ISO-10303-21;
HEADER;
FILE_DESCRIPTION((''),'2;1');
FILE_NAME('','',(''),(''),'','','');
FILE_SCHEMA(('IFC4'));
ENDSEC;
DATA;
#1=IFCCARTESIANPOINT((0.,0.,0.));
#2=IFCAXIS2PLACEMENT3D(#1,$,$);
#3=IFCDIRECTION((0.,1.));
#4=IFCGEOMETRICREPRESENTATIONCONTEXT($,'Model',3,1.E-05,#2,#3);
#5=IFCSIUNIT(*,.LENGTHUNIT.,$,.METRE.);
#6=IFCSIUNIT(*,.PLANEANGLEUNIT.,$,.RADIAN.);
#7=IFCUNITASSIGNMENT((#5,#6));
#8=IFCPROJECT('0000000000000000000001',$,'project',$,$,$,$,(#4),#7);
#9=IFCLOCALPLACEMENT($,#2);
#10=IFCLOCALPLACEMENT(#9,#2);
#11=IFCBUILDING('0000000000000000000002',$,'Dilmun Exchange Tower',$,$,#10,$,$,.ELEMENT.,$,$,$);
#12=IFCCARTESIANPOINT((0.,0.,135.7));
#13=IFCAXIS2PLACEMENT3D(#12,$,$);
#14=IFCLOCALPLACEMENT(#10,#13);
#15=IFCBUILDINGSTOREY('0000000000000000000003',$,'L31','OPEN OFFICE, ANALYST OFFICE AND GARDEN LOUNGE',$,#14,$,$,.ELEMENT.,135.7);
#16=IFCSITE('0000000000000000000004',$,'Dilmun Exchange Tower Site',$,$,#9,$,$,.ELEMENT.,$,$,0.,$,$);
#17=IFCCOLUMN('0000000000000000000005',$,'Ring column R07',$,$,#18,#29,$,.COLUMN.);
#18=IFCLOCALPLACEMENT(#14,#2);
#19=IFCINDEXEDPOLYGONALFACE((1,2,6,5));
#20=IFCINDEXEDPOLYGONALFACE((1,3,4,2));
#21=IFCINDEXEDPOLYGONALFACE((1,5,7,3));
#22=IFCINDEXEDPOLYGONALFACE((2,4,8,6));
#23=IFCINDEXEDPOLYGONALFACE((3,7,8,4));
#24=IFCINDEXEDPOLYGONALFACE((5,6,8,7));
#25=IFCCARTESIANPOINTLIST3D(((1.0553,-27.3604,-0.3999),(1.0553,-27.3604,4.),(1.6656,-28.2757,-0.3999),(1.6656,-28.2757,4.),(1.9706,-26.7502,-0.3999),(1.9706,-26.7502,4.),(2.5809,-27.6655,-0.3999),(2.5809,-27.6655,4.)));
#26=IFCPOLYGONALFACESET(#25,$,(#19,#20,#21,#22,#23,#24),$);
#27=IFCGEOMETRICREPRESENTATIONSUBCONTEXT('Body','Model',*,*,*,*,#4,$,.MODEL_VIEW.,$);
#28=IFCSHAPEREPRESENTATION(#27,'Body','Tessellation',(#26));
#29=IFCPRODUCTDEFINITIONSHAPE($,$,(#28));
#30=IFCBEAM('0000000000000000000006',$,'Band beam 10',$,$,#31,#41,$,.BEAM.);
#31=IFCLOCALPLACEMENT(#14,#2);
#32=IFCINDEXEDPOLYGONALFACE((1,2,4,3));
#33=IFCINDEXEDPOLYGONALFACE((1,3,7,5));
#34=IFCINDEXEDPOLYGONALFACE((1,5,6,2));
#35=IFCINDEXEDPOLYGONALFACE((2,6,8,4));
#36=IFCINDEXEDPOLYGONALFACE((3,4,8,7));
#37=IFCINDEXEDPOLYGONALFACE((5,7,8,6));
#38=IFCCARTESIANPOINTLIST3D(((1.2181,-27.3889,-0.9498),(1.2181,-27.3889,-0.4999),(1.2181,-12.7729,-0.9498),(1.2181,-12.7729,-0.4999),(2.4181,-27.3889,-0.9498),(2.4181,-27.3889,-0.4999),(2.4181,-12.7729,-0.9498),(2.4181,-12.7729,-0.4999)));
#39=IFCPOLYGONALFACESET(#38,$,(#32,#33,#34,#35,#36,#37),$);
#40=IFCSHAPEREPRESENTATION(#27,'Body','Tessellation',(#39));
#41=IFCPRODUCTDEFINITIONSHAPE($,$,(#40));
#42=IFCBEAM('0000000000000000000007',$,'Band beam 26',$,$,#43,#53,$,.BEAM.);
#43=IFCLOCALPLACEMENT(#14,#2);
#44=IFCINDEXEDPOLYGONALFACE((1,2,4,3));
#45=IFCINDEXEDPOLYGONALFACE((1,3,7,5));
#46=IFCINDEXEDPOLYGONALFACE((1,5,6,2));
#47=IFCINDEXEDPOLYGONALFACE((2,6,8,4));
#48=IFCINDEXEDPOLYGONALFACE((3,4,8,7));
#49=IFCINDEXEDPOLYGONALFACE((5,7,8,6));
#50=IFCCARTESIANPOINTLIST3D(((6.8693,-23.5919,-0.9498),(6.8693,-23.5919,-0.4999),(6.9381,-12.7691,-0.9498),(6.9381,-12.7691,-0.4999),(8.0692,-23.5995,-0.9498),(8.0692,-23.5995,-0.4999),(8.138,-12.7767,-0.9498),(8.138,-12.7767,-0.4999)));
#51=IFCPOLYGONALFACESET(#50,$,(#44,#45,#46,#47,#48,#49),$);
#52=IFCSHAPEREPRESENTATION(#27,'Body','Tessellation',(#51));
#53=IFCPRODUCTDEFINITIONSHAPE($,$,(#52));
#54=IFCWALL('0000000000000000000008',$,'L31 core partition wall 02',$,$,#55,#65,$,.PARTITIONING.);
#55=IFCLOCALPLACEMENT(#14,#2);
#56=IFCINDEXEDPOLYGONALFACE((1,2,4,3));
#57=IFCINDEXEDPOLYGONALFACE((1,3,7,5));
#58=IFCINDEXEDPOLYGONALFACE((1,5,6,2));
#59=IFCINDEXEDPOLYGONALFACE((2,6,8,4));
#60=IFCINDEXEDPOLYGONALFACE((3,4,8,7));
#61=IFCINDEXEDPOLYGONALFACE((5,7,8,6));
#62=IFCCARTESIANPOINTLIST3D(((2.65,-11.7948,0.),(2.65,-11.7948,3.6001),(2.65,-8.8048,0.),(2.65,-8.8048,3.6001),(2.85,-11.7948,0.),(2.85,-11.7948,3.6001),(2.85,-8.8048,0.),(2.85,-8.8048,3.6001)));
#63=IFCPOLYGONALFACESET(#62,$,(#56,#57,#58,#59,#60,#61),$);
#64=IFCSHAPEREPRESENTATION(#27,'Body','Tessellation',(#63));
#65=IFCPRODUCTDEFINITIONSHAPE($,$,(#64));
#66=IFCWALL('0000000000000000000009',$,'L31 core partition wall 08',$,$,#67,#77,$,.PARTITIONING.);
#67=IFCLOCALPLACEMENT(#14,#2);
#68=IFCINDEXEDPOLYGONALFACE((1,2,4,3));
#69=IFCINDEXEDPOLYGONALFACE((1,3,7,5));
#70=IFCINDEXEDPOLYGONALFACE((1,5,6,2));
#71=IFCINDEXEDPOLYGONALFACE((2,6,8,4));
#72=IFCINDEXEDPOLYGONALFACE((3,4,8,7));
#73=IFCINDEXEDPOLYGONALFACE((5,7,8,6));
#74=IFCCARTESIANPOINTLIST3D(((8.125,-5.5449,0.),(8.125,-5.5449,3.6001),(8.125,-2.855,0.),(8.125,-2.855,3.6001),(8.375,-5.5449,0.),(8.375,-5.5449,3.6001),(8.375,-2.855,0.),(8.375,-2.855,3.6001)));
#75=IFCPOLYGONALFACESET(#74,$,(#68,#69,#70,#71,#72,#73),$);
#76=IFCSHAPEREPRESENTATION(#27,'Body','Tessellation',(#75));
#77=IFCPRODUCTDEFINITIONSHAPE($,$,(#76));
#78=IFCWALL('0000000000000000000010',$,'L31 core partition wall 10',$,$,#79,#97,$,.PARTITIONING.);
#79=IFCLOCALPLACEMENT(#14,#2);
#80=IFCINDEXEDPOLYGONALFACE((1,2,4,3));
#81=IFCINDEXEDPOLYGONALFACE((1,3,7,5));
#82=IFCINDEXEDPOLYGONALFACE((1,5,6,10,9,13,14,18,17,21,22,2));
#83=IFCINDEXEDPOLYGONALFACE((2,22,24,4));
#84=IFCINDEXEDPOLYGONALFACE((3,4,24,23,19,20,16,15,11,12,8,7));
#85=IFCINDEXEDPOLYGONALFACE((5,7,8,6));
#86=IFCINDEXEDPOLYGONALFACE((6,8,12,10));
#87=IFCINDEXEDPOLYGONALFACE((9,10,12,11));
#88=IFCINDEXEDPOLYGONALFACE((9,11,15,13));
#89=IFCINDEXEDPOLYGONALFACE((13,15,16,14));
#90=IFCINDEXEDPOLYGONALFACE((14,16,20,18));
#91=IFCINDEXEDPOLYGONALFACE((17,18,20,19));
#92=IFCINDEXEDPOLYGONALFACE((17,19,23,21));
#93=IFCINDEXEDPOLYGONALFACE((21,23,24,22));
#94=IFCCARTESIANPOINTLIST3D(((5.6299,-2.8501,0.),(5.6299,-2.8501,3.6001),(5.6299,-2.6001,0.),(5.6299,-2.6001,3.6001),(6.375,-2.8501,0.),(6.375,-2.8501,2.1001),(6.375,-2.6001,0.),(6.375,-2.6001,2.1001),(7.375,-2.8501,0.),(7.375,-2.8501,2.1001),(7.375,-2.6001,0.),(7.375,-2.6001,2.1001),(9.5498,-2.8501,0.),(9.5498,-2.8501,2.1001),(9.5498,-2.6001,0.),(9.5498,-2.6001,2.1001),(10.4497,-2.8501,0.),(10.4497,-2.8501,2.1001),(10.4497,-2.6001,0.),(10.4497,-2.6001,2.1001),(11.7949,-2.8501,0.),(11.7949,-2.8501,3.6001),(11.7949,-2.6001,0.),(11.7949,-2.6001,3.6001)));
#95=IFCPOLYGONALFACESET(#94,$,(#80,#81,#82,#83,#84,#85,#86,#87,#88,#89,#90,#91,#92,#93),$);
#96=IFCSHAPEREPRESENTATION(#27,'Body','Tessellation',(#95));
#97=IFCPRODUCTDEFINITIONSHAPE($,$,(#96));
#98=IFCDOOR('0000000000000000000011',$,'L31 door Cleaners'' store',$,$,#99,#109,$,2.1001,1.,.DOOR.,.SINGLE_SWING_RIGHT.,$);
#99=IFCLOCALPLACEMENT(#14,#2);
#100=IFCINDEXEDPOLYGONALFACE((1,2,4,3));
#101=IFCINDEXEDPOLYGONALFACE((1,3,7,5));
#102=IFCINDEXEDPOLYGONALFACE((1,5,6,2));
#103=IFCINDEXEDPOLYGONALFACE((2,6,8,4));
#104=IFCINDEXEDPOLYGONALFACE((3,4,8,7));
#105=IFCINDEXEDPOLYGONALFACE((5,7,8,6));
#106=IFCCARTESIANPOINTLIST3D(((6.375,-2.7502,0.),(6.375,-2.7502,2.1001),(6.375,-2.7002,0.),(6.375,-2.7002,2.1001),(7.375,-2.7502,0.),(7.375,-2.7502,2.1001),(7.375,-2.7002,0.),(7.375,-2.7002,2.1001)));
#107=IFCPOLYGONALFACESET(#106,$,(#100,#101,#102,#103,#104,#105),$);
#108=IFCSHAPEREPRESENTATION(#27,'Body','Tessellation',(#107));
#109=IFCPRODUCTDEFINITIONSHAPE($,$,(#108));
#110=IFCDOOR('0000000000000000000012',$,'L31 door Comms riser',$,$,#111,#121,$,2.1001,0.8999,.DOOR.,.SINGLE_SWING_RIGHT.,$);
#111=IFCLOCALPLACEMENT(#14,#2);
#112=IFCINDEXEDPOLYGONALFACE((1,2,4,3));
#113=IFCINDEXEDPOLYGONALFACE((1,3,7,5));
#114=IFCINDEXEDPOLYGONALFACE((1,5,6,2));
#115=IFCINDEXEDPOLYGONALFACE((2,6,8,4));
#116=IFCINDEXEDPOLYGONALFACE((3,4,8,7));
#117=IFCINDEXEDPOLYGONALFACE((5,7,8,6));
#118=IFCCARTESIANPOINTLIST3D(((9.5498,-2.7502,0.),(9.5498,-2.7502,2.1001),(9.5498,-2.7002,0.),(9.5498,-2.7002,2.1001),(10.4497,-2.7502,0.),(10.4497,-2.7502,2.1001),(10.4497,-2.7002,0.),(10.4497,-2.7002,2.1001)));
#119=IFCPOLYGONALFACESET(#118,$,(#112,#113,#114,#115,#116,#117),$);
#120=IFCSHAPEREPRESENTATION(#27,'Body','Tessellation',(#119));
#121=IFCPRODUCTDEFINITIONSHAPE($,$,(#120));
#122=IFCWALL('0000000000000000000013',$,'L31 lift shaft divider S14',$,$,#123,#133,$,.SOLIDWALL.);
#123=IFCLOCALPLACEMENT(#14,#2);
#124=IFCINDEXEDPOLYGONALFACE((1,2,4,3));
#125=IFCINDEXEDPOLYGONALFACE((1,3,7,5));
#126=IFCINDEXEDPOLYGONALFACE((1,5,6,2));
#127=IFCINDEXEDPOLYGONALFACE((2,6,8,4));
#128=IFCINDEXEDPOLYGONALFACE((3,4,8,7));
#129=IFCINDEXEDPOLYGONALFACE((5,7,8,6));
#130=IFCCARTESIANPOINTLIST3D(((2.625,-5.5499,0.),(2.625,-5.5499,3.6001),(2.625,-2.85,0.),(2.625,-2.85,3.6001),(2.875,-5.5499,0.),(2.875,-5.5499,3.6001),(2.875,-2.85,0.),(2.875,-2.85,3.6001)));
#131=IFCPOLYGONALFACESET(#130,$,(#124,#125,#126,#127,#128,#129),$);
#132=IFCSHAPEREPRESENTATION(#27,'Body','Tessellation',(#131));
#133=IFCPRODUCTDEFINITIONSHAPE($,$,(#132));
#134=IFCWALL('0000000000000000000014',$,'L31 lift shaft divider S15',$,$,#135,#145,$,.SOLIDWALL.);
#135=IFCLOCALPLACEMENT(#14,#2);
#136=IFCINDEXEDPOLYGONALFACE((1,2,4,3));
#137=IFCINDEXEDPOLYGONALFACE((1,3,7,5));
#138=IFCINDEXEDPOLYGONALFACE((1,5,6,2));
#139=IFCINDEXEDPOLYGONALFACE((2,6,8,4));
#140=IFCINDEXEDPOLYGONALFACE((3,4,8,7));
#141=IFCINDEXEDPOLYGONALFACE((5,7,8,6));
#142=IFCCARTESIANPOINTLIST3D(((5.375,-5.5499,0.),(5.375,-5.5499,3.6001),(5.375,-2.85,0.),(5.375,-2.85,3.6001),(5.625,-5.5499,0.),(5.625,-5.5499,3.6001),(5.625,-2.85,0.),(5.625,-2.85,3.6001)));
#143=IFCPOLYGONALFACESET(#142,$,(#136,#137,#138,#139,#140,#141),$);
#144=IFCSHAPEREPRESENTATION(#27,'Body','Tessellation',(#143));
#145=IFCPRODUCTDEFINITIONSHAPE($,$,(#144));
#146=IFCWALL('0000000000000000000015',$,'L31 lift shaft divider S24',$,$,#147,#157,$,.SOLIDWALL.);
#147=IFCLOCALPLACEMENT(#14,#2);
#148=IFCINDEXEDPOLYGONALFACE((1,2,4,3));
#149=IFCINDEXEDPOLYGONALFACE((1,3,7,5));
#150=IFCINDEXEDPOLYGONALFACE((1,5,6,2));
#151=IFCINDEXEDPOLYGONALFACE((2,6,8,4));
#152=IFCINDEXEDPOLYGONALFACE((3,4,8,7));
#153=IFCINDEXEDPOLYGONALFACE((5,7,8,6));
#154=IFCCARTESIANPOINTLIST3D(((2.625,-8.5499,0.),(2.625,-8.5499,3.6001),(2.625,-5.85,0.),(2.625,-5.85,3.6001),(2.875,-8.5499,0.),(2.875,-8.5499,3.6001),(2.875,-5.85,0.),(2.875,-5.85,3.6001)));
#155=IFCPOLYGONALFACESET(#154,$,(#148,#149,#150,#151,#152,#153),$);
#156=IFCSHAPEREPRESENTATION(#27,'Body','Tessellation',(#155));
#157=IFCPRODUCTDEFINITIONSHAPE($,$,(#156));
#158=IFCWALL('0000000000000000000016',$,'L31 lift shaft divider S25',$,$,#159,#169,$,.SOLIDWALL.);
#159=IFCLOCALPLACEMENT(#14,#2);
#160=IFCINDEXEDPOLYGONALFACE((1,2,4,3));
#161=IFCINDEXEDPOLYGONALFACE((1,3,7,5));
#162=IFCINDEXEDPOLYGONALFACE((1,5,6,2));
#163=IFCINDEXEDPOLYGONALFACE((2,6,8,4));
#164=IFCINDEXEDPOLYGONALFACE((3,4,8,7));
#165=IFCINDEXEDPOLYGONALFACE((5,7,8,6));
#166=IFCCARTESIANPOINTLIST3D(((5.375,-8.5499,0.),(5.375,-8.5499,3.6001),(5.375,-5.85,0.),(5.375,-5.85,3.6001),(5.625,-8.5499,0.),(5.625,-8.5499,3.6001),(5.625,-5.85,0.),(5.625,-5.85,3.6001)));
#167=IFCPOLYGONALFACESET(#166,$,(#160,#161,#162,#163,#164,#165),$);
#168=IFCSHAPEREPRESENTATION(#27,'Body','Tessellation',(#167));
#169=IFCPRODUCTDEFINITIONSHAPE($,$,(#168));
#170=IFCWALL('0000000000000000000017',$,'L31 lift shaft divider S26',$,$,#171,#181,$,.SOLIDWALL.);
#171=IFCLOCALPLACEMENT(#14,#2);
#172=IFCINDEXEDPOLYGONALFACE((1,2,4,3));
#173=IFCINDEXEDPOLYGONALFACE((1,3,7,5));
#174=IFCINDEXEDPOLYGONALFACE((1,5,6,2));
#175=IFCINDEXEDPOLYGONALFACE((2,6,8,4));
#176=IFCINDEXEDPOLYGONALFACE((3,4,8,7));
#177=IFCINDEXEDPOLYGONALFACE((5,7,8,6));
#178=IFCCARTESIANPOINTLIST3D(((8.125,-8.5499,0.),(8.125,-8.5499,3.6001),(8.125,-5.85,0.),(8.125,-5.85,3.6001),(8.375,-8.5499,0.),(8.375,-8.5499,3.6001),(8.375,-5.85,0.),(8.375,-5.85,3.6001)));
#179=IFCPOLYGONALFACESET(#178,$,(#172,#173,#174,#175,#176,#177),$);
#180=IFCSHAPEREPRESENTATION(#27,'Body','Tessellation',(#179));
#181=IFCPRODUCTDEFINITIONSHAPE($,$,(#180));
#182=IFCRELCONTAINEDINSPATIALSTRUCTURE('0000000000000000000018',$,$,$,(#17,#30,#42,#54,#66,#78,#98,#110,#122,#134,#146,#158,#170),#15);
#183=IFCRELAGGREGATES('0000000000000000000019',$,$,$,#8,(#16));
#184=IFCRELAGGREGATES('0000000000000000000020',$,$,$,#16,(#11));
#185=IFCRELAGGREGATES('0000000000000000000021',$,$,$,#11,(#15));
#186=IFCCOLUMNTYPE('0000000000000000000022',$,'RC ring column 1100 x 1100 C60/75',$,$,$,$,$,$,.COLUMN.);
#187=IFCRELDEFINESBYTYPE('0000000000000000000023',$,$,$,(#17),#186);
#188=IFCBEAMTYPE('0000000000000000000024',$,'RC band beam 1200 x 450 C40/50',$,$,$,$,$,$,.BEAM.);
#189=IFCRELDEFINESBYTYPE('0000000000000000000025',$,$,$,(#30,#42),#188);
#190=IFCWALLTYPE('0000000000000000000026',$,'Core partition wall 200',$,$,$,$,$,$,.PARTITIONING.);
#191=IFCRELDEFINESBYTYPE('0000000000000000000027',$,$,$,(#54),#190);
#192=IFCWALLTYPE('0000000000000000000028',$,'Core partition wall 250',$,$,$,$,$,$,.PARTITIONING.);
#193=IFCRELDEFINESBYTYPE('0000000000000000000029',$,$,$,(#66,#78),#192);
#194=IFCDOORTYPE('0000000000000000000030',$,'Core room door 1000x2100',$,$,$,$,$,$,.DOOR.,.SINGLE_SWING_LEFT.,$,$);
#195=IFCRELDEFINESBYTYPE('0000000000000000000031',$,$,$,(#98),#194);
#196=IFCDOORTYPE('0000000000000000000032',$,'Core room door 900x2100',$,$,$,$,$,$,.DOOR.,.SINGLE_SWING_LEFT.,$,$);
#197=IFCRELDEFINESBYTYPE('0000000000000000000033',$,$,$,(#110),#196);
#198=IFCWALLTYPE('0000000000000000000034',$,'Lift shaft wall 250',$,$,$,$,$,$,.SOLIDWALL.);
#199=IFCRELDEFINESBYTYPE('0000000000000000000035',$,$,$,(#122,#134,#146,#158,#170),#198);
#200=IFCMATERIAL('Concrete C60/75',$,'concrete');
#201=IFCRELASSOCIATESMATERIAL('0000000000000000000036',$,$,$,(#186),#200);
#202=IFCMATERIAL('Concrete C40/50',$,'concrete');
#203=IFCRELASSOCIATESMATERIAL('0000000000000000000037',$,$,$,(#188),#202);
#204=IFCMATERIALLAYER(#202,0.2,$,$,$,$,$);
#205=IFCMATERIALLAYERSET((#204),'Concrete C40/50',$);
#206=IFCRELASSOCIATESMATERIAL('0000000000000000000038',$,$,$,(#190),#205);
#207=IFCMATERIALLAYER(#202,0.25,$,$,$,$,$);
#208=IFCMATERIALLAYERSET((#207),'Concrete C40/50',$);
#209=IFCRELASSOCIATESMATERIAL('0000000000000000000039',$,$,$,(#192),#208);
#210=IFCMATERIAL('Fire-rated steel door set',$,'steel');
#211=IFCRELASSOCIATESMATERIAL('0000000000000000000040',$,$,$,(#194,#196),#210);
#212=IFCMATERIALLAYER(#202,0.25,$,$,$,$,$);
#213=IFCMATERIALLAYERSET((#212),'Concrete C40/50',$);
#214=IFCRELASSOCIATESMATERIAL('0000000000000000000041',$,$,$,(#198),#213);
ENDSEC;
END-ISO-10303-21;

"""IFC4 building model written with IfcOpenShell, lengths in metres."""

from ifc_helpers import new_model, si_unit, direction, frame, frame_2d, origin, origin_2d, place, context, subcontext, project, spatial, rectangle, extrude, material, layer, layer_set, material_profile, profile_set, type_object, element, fill, save


model = new_model("IFC4")

# Units and contexts
model_context = context("Model", 3, precision=1e-05, world=origin(), true_north=direction((0.0, 1.0)))
body_context = subcontext(model_context, "Body", "Model", "MODEL_VIEW")
ifc_project = project(units=[si_unit("LENGTHUNIT", "METRE"), si_unit("PLANEANGLEUNIT", "RADIAN")], contexts=[model_context])

# Site, building, storey
site_placement = place(None, origin())
site = spatial("IfcSite", under=ifc_project, at=site_placement, Name="Dilmun Exchange Tower Site", CompositionType="ELEMENT", RefElevation=0.0)
building_placement = place(site_placement, origin())
building = spatial("IfcBuilding", under=site, at=building_placement, Name="Dilmun Exchange Tower", CompositionType="ELEMENT")
storey_placement = place(building_placement, frame((0.0, 0.0, 135.7)))
storey = spatial("IfcBuildingStorey", under=building, at=storey_placement, Name="L31", Description="OPEN OFFICE, ANALYST OFFICE AND GARDEN LOUNGE", CompositionType="ELEMENT", Elevation=135.7)

# Column
ifc_material_1 = material(Name="Concrete C60/75", Category="concrete")
ifc_material_profile_1 = material_profile(ifc_material_1, rectangle(XDim=1.1001, YDim=1.1001, at=origin_2d()), Name="1100 x 1100")
ifc_profile_set_1 = profile_set([ifc_material_profile_1], Name="Concrete C60/75")
column_type = type_object("IfcColumnType", Name="RC ring column 1100 x 1100 C60/75", PredefinedType="COLUMN", material=ifc_profile_set_1)
column_placement = place(storey_placement, frame((1.8181, -27.5129, -0.3999), z_axis=(0.0, 0.0, 1.0), x_axis=(0.832029, 0.554733, 0.0)))
element("IfcColumn", 1, at=column_placement, inside=storey, type_object=column_type, Name="Ring column R07", PredefinedType="COLUMN", context=body_context, shape_type="SweptSolid", body=[
    extrude(rectangle(XDim=1.1001, YDim=1.1001, at=origin_2d()), origin(), (0.0, 0.0, 1.0), 4.3999),
])

# Beams
ifc_material_2 = material(Name="Concrete C40/50", Category="concrete")
ifc_material_profile_2 = material_profile(ifc_material_2, rectangle(XDim=1.2, YDim=0.45, at=origin_2d()), Name="1200 x 450")
ifc_profile_set_2 = profile_set([ifc_material_profile_2], Name="Concrete C40/50")
beam_type = type_object("IfcBeamType", Name="RC band beam 1200 x 450 C40/50", PredefinedType="BEAM", material=ifc_profile_set_2)
beam_1_placement = place(storey_placement, frame((1.8181, -27.3889, -0.7249), z_axis=(0.0, 1.0, 0.0), x_axis=(-1.0, 0.0, 0.0)))
element("IfcBeam", 2, at=beam_1_placement, inside=storey, type_object=beam_type, Name="Band beam 10", PredefinedType="BEAM", context=body_context, shape_type="SweptSolid", body=[
    extrude(rectangle(XDim=1.2, YDim=0.45, at=origin_2d()), origin(), (0.0, 0.0, 1.0), 14.616),
])
beam_2_placement = place(storey_placement, frame((7.4692, -23.5957, -0.7249), z_axis=(0.006361, 0.99998, 0.0), x_axis=(-0.99998, 0.006361, 0.0)))
element("IfcBeam", 3, at=beam_2_placement, inside=storey, type_object=beam_type, Name="Band beam 26", PredefinedType="BEAM", context=body_context, shape_type="SweptSolid", body=[
    extrude(rectangle(XDim=1.2, YDim=0.45, at=origin_2d()), origin(), (0.0, 0.0, 1.0), 10.823),
])

# Walls
ifc_layer_1 = layer(ifc_material_2, 0.2)
ifc_layer_set_1 = layer_set([ifc_layer_1], Name="Concrete C40/50")
wall_type_1 = type_object("IfcWallType", Name="Core partition wall 200", PredefinedType="PARTITIONING", material=ifc_layer_set_1)
wall_1_placement = place(storey_placement, frame((2.75, -11.7949, 0.0), z_axis=(0.0, 0.0, 1.0), x_axis=(0.0, 1.0, 0.0)))
element("IfcWall", 4, at=wall_1_placement, inside=storey, type_object=wall_type_1, Name="L31 core partition wall 02", PredefinedType="PARTITIONING", context=body_context, shape_type="SweptSolid", body=[
    extrude(rectangle(XDim=2.99, YDim=0.2, at=frame_2d((1.4951, 0.0))), origin(), (0.0, 0.0, 1.0), 3.6001),
])
ifc_layer_2 = layer(ifc_material_2, 0.25)
ifc_layer_set_2 = layer_set([ifc_layer_2], Name="Concrete C40/50")
wall_type_2 = type_object("IfcWallType", Name="Core partition wall 250", PredefinedType="PARTITIONING", material=ifc_layer_set_2)
wall_2_placement = place(storey_placement, frame((8.25, -5.5449, 0.0), z_axis=(0.0, 0.0, 1.0), x_axis=(0.0, 1.0, 0.0)))
element("IfcWall", 5, at=wall_2_placement, inside=storey, type_object=wall_type_2, Name="L31 core partition wall 08", PredefinedType="PARTITIONING", context=body_context, shape_type="SweptSolid", body=[
    extrude(rectangle(XDim=2.6899, YDim=0.25, at=frame_2d((1.345, 0.0))), origin(), (0.0, 0.0, 1.0), 3.6001),
])

# Wall, openings, doors
wall_3_placement = place(storey_placement, frame((5.6299, -2.7251, 0.0), z_axis=(0.0, 0.0, 1.0), x_axis=(1.0, 0.0, 0.0)))
wall_3 = element("IfcWall", 6, at=wall_3_placement, inside=storey, type_object=wall_type_2, Name="L31 core partition wall 10", PredefinedType="PARTITIONING", context=body_context, shape_type="SweptSolid", body=[
    extrude(rectangle(XDim=6.165, YDim=0.25, at=frame_2d((3.0825, 0.0))), origin(), (0.0, 0.0, 1.0), 3.6001),
])
opening_1_placement = place(wall_3_placement, frame((0.7451, 0.0, 0.0)))
opening_1 = element("IfcOpeningElement", 7, at=opening_1_placement, cuts=wall_3, PredefinedType="OPENING", context=body_context, shape_type="SweptSolid", body=[
    extrude(rectangle(XDim=1.0, YDim=2.1001, at=frame_2d((0.5, 1.05))), frame((0.0, 0.135, 0.0), z_axis=(0.0, -1.0, 0.0), x_axis=(1.0, 0.0, 0.0)), (0.0, 0.0, 1.0), 0.27),
])
opening_2_placement = place(wall_3_placement, frame((3.9199, 0.0, 0.0)))
opening_2 = element("IfcOpeningElement", 8, at=opening_2_placement, cuts=wall_3, PredefinedType="OPENING", context=body_context, shape_type="SweptSolid", body=[
    extrude(rectangle(XDim=0.8999, YDim=2.1001, at=frame_2d((0.45, 1.05))), frame((0.0, 0.135, 0.0), z_axis=(0.0, -1.0, 0.0), x_axis=(1.0, 0.0, 0.0)), (0.0, 0.0, 1.0), 0.27),
])
ifc_material_3 = material(Name="Fire-rated steel door set", Category="steel")
door_type_1 = type_object("IfcDoorType", Name="Core room door 1000x2100", OperationType="SINGLE_SWING_LEFT", PredefinedType="DOOR", material=ifc_material_3)
door_1_placement = place(opening_1_placement, origin())
door_1 = element("IfcDoor", 9, at=door_1_placement, inside=storey, type_object=door_type_1, Name="L31 door Cleaners' store", OperationType="SINGLE_SWING_RIGHT", OverallHeight=2.1001, OverallWidth=1.0, PredefinedType="DOOR", context=body_context, shape_type="SweptSolid", body=[
    extrude(rectangle(XDim=1.0, YDim=2.1001, at=frame_2d((0.5, 1.05))), frame((0.0, 0.0249, 0.0), z_axis=(0.0, -1.0, 0.0), x_axis=(1.0, 0.0, 0.0)), (0.0, 0.0, 1.0), 0.05),
])
fill(opening_1, door_1)
door_type_2 = type_object("IfcDoorType", Name="Core room door 900x2100", OperationType="SINGLE_SWING_LEFT", PredefinedType="DOOR", material=ifc_material_3)
door_2_placement = place(opening_2_placement, origin())
door_2 = element("IfcDoor", 10, at=door_2_placement, inside=storey, type_object=door_type_2, Name="L31 door Comms riser", OperationType="SINGLE_SWING_RIGHT", OverallHeight=2.1001, OverallWidth=0.8999, PredefinedType="DOOR", context=body_context, shape_type="SweptSolid", body=[
    extrude(rectangle(XDim=0.8999, YDim=2.1001, at=frame_2d((0.45, 1.05))), frame((0.0, 0.0249, 0.0), z_axis=(0.0, -1.0, 0.0), x_axis=(1.0, 0.0, 0.0)), (0.0, 0.0, 1.0), 0.05),
])
fill(opening_2, door_2)

# Walls
ifc_layer_3 = layer(ifc_material_2, 0.25)
ifc_layer_set_3 = layer_set([ifc_layer_3], Name="Concrete C40/50")
wall_type_3 = type_object("IfcWallType", Name="Lift shaft wall 250", PredefinedType="SOLIDWALL", material=ifc_layer_set_3)
for number, where, z_axis, x_axis, name in (
    (11, (2.75, -5.55, 0.0), (0.0, 0.0, 1.0), (0.0, 1.0, 0.0), "L31 lift shaft divider S14"),
    (12, (5.5, -5.55, 0.0), (0.0, 0.0, 1.0), (0.0, 1.0, 0.0), "L31 lift shaft divider S15"),
    (13, (2.75, -8.55, 0.0), (0.0, 0.0, 1.0), (0.0, 1.0, 0.0), "L31 lift shaft divider S24"),
    (14, (5.5, -8.55, 0.0), (0.0, 0.0, 1.0), (0.0, 1.0, 0.0), "L31 lift shaft divider S25"),
    (15, (8.25, -8.55, 0.0), (0.0, 0.0, 1.0), (0.0, 1.0, 0.0), "L31 lift shaft divider S26"),
):
    element("IfcWall", number, at=place(storey_placement, frame(where, z_axis=z_axis, x_axis=x_axis)), inside=storey, type_object=wall_type_3, Name=name, PredefinedType="SOLIDWALL", context=body_context, shape_type="SweptSolid", body=[
        extrude(rectangle(XDim=2.7, YDim=0.25, at=frame_2d((1.3501, 0.0))), origin(), (0.0, 0.0, 1.0), 3.6001),
    ])

save(model, "model.ifc")
